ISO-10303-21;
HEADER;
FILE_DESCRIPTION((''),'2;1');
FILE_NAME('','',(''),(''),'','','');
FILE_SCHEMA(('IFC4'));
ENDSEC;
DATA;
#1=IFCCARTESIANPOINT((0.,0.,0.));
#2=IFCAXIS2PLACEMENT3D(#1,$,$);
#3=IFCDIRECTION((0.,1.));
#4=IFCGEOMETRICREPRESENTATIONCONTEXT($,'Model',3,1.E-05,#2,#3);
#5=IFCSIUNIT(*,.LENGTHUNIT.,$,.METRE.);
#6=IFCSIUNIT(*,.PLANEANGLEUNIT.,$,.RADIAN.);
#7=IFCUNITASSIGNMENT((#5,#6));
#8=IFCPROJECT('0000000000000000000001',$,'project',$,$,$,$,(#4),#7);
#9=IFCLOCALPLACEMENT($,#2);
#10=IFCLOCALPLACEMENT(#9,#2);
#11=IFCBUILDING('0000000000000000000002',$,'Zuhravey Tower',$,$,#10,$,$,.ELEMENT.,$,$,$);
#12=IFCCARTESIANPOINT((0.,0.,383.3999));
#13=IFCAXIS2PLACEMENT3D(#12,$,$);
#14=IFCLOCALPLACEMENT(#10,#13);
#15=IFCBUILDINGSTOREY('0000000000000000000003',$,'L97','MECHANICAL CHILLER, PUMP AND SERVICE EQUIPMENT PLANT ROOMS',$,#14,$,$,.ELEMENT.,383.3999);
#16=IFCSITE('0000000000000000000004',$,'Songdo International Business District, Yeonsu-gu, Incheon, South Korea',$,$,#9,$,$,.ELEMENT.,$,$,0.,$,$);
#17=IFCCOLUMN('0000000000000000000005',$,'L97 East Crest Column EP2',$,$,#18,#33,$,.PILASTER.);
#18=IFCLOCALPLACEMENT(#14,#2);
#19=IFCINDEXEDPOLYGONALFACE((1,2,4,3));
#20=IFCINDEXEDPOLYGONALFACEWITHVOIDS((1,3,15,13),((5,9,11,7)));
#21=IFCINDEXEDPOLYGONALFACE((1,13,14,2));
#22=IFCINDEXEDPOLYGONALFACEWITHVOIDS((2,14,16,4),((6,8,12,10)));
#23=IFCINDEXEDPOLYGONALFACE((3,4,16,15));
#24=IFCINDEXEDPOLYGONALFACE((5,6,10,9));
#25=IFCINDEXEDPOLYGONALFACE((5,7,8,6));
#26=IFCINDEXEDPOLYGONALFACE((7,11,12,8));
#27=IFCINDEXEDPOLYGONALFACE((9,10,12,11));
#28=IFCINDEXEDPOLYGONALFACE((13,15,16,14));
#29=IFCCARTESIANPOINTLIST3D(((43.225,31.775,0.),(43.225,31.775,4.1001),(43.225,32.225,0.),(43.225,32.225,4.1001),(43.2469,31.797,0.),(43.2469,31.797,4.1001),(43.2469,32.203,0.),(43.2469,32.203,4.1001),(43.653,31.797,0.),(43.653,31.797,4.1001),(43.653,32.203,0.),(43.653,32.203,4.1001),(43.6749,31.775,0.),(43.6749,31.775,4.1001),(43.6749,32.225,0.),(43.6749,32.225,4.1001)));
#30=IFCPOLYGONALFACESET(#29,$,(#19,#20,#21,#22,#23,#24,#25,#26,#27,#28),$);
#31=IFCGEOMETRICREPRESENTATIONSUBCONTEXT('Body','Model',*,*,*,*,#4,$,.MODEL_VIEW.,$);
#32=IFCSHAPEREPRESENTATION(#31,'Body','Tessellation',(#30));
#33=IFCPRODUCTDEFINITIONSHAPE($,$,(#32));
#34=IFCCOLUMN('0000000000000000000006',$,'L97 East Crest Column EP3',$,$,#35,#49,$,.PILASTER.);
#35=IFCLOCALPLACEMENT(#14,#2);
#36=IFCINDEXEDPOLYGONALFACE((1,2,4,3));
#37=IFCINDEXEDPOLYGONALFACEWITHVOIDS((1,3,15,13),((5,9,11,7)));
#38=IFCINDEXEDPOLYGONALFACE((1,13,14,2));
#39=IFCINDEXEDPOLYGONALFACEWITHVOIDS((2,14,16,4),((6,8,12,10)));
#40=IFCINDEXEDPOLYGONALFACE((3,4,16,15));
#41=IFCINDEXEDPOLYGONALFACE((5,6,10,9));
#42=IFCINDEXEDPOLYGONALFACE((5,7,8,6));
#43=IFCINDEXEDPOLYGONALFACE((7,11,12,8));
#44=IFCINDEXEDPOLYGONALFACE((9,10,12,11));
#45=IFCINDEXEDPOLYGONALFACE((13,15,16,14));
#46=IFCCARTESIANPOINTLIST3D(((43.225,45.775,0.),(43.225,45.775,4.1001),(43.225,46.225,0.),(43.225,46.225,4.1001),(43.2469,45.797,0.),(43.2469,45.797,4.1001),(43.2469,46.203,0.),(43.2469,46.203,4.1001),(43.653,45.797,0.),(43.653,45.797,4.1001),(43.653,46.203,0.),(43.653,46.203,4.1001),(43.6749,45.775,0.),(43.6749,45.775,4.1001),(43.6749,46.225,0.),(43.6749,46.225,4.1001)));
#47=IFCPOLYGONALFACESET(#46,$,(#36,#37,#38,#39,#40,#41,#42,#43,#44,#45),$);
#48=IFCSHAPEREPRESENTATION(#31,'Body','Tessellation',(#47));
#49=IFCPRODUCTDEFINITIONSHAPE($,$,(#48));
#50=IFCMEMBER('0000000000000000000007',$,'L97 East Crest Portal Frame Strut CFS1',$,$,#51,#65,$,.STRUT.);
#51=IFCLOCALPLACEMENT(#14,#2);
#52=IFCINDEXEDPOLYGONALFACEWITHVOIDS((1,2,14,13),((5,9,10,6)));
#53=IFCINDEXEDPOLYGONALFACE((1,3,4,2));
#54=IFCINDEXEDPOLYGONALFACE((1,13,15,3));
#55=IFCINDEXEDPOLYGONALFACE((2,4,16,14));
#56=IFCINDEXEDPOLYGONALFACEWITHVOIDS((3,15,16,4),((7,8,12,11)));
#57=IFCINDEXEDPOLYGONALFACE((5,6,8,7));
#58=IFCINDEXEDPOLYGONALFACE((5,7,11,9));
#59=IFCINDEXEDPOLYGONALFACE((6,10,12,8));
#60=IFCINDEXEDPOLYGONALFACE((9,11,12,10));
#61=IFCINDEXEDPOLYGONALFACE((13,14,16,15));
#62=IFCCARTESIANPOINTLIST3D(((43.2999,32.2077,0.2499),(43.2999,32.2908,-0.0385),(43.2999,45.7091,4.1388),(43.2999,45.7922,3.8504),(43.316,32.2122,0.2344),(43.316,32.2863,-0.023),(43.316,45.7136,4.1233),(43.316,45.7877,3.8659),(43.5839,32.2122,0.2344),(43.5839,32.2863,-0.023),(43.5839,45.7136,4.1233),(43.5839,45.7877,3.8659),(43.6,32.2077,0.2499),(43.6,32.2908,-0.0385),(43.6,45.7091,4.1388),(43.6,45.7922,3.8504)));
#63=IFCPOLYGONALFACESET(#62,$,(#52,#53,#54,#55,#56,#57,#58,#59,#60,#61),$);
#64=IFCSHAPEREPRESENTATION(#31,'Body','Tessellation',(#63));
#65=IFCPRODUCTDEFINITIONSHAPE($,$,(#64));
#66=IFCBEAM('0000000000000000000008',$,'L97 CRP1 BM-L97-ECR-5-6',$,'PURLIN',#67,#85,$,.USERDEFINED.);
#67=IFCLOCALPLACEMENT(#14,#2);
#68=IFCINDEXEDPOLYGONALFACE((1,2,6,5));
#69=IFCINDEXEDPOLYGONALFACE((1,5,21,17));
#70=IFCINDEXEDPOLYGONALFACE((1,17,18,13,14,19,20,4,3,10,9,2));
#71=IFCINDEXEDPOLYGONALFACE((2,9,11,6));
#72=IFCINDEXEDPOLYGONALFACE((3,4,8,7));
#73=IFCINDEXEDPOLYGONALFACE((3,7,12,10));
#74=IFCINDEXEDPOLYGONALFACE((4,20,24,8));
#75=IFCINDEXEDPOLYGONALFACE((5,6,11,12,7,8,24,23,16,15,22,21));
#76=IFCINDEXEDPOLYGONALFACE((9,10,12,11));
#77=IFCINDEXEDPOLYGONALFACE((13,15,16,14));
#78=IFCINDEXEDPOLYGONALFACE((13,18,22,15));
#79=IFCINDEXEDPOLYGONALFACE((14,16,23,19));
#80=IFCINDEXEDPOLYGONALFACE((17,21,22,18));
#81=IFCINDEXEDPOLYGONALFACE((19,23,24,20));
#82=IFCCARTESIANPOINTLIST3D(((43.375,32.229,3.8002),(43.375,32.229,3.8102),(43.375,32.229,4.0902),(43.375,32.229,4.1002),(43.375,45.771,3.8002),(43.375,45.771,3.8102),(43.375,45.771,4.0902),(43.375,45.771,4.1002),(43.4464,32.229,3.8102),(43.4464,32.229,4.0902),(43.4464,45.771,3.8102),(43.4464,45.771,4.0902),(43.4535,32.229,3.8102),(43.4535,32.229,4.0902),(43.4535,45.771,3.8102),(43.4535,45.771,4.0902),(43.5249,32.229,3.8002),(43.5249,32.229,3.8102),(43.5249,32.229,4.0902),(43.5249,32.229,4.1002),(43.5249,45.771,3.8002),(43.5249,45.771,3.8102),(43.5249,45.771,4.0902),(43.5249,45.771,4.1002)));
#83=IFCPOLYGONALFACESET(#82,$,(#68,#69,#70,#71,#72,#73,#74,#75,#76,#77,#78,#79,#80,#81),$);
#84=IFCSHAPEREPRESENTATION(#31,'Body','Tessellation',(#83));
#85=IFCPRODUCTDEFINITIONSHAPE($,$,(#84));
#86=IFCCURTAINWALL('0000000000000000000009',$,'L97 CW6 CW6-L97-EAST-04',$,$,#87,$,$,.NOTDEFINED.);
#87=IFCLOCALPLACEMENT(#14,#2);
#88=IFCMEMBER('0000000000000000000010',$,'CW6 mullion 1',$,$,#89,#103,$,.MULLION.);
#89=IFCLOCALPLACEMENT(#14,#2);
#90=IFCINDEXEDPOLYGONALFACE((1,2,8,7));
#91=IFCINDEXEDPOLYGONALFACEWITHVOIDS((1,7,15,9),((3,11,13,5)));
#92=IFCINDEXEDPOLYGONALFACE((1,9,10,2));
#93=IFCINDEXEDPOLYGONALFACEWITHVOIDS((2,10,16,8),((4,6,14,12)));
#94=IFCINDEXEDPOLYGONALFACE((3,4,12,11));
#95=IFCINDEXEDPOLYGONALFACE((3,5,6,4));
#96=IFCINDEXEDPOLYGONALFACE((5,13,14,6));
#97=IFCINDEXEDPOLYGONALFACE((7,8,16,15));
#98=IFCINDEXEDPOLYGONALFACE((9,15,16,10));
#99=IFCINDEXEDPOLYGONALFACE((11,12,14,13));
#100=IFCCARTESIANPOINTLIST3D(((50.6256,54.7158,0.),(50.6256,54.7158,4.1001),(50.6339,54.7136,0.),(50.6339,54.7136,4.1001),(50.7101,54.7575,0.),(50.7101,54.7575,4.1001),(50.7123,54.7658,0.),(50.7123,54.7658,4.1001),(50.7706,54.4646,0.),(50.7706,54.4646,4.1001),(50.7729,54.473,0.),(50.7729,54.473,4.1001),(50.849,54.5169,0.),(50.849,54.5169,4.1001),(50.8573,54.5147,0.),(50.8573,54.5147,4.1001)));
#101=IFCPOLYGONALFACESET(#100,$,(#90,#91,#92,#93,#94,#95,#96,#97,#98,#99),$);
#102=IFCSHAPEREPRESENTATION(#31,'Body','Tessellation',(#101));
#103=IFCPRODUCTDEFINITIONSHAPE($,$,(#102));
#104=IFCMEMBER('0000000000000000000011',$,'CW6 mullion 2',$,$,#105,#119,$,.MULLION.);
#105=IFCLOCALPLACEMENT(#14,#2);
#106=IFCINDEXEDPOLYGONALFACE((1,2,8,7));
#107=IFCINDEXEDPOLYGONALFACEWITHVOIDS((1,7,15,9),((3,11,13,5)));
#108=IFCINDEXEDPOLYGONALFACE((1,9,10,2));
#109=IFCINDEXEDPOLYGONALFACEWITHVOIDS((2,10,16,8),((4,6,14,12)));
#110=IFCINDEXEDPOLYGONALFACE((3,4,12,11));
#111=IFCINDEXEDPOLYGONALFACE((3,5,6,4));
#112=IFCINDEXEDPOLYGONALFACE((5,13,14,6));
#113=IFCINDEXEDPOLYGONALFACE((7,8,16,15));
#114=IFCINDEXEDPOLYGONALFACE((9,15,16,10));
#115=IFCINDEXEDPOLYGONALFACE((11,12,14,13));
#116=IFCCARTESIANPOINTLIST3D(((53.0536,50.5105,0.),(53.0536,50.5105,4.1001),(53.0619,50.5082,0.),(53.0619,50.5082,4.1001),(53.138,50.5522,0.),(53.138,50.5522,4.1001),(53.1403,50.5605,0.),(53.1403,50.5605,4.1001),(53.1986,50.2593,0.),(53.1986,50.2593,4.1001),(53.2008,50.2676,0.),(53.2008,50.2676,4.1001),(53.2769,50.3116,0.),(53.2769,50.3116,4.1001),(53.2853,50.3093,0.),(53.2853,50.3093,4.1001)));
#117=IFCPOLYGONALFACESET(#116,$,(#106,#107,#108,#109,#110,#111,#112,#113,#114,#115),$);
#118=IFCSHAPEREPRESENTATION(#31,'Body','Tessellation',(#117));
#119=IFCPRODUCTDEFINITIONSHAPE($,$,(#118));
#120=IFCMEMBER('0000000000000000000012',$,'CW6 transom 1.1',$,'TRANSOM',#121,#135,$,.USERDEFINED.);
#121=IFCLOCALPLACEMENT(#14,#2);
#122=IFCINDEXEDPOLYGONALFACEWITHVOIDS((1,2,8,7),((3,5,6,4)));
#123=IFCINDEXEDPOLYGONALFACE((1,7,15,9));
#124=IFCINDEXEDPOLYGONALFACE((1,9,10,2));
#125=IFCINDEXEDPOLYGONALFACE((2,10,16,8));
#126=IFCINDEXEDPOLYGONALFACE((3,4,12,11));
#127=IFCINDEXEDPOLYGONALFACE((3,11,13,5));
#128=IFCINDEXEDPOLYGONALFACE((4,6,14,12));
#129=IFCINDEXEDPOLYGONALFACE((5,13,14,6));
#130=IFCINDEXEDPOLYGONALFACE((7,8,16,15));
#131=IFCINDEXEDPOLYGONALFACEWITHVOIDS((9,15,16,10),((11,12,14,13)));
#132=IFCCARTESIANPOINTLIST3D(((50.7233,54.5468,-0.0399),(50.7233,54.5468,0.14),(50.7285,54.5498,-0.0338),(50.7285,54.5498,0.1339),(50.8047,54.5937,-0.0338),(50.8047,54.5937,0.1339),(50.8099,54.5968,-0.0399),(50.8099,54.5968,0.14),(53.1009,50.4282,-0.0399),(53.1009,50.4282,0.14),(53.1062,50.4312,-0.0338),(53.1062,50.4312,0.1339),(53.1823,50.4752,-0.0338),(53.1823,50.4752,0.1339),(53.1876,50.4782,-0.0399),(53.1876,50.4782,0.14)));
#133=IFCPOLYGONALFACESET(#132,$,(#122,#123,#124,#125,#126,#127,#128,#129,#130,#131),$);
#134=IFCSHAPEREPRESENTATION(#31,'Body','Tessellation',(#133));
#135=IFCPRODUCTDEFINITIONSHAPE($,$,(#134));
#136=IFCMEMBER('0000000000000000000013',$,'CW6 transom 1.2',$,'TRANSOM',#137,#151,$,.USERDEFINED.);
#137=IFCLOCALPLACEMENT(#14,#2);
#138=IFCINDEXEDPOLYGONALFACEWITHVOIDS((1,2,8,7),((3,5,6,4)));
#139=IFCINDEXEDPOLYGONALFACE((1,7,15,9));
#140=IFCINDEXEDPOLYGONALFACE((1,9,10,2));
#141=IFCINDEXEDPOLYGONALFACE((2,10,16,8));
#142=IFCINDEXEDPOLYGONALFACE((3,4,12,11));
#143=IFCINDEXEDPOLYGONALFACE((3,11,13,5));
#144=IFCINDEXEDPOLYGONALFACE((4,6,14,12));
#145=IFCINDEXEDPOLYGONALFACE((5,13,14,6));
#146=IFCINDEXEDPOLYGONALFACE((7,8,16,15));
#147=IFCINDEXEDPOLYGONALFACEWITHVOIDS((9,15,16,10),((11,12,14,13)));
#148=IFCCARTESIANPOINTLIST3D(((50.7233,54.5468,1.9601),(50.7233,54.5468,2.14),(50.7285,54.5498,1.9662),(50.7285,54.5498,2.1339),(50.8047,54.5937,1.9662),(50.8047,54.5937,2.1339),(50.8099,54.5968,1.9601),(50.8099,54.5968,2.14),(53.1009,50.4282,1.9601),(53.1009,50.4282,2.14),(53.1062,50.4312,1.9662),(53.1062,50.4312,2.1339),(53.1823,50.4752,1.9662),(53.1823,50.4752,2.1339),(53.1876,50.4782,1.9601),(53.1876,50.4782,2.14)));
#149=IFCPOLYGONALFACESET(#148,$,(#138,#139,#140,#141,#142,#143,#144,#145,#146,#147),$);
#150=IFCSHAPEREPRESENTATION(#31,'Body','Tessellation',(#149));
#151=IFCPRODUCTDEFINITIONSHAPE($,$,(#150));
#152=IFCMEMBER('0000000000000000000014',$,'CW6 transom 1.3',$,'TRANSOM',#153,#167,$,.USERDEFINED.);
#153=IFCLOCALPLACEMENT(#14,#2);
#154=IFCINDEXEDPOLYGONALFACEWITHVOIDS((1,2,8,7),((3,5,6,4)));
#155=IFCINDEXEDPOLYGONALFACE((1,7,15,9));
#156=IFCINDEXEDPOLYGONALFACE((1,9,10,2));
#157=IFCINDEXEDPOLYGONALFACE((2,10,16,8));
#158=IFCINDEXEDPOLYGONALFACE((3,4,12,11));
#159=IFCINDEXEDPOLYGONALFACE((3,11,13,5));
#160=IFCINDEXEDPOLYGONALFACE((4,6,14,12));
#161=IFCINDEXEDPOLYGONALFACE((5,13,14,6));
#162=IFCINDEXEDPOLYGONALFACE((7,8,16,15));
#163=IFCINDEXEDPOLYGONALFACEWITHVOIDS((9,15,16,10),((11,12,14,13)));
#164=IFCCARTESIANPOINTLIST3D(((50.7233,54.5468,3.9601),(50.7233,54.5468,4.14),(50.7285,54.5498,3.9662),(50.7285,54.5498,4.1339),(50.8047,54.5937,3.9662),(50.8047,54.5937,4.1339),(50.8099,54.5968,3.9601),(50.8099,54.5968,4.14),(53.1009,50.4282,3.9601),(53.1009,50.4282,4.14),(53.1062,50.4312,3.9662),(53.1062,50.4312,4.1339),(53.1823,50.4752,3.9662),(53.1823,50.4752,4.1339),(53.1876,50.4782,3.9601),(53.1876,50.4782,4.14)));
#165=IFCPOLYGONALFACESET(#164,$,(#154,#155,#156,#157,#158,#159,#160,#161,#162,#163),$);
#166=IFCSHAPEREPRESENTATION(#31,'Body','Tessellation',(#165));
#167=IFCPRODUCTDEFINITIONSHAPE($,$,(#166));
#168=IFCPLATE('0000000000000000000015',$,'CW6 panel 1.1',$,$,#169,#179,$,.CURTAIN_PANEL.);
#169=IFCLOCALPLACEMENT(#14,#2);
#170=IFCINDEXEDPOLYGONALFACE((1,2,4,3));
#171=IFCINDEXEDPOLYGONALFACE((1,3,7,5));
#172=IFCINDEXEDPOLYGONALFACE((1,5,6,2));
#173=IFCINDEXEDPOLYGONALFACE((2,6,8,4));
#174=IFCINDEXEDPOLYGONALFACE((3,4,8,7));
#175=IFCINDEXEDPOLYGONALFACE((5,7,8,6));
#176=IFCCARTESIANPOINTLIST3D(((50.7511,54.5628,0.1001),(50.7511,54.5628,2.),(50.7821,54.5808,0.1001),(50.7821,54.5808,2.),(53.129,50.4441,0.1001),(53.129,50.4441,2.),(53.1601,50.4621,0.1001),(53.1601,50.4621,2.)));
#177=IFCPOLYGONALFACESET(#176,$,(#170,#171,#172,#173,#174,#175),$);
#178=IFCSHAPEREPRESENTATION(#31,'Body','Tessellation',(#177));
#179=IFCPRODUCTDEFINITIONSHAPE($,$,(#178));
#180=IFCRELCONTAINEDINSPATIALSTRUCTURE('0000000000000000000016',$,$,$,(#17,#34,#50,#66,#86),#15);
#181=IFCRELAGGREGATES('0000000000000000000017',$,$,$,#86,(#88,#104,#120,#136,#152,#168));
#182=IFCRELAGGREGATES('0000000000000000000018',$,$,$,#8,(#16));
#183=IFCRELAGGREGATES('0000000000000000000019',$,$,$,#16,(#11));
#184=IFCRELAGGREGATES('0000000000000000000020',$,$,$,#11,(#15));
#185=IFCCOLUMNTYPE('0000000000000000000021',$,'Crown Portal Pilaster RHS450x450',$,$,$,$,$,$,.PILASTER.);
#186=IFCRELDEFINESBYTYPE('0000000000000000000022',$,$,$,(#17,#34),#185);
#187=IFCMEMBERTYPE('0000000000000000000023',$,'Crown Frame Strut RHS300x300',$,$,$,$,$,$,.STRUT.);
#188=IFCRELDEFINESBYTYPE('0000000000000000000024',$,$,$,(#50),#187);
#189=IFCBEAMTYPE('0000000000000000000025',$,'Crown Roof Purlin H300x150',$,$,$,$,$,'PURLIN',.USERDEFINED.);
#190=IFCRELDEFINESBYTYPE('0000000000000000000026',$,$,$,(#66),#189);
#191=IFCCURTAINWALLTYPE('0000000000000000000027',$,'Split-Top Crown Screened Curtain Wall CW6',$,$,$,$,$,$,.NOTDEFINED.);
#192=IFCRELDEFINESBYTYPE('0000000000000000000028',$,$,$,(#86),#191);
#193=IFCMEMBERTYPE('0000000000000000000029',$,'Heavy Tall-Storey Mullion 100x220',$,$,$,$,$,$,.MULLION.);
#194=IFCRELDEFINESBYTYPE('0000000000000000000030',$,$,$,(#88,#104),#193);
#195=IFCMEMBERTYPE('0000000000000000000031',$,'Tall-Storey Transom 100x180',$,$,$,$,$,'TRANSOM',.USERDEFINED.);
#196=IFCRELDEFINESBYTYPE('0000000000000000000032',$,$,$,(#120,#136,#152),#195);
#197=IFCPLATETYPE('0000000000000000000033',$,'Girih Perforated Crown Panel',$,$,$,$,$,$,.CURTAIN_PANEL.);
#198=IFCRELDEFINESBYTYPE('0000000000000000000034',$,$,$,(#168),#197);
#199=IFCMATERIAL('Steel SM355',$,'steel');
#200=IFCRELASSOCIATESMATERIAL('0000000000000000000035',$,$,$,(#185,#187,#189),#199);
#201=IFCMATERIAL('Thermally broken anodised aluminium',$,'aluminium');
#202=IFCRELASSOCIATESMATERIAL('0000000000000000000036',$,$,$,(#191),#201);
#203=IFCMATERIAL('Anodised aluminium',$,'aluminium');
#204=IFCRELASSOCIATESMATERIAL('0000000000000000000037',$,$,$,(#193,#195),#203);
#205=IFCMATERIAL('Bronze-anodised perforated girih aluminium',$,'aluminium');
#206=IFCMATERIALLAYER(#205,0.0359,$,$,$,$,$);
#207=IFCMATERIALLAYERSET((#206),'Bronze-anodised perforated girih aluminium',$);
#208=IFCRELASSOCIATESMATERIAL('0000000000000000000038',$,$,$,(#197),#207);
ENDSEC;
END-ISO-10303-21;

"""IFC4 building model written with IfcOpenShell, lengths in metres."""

from ifc_helpers import new_model, si_unit, direction, frame, origin, origin_2d, place, context, subcontext, project, spatial, rectangle, hollow_rectangle, i_section, extrude, material, layer, layer_set, material_profile, profile_set, type_object, element, aggregate, save


model = new_model("IFC4")

# Units and contexts
model_context = context("Model", 3, precision=1e-05, world=origin(), true_north=direction((0.0, 1.0)))
body_context = subcontext(model_context, "Body", "Model", "MODEL_VIEW")
ifc_project = project(units=[si_unit("LENGTHUNIT", "METRE"), si_unit("PLANEANGLEUNIT", "RADIAN")], contexts=[model_context])

# Site, building, storey
site_placement = place(None, origin())
site = spatial("IfcSite", under=ifc_project, at=site_placement, Name="Songdo International Business District, Yeonsu-gu, Incheon, South Korea", CompositionType="ELEMENT", RefElevation=0.0)
building_placement = place(site_placement, origin())
building = spatial("IfcBuilding", under=site, at=building_placement, Name="Zuhravey Tower", CompositionType="ELEMENT")
storey_placement = place(building_placement, frame((0.0, 0.0, 383.3999)))
storey = spatial("IfcBuildingStorey", under=building, at=storey_placement, Name="L97", Description="MECHANICAL CHILLER, PUMP AND SERVICE EQUIPMENT PLANT ROOMS", CompositionType="ELEMENT", Elevation=383.3999)

# Columns
ifc_material_1 = material(Name="Steel SM355", Category="steel")
ifc_material_profile_1 = material_profile(ifc_material_1, hollow_rectangle(XDim=0.45, YDim=0.45, WallThickness=0.022, at=origin_2d()), Name="RHS-450x450x22")
ifc_profile_set_1 = profile_set([ifc_material_profile_1], Name="Steel SM355")
column_type = type_object("IfcColumnType", Name="Crown Portal Pilaster RHS450x450", PredefinedType="PILASTER", material=ifc_profile_set_1)
for number, where, z_axis, x_axis, name in (
    (1, (43.45, 32.0, 0.0), (0.0, 0.0, 1.0), (1.0, 0.0, 0.0), "L97 East Crest Column EP2"),
    (2, (43.45, 46.0, 0.0), (0.0, 0.0, 1.0), (1.0, 0.0, 0.0), "L97 East Crest Column EP3"),
):
    element("IfcColumn", number, at=place(storey_placement, frame(where, z_axis=z_axis, x_axis=x_axis)), inside=storey, type_object=column_type, Name=name, PredefinedType="PILASTER", context=body_context, shape_type="SweptSolid", body=[
        extrude(hollow_rectangle(XDim=0.45, YDim=0.45, WallThickness=0.022, at=origin_2d()), origin(), (0.0, 0.0, 1.0), 4.1001),
    ])

# Member
ifc_material_profile_2 = material_profile(ifc_material_1, hollow_rectangle(XDim=0.3, YDim=0.3, WallThickness=0.0161, at=origin_2d()), Name="RHS-300x300x16")
ifc_profile_set_2 = profile_set([ifc_material_profile_2], Name="Steel SM355")
member_type_1 = type_object("IfcMemberType", Name="Crown Frame Strut RHS300x300", PredefinedType="STRUT", material=ifc_profile_set_2)
member_1_placement = place(storey_placement, frame((43.45, 32.2493, 0.1057), z_axis=(0.0, 0.960932, 0.276784), x_axis=(-1.0, 0.0, 0.0)))
element("IfcMember", 3, at=member_1_placement, inside=storey, type_object=member_type_1, Name="L97 East Crest Portal Frame Strut CFS1", PredefinedType="STRUT", context=body_context, shape_type="SweptSolid", body=[
    extrude(hollow_rectangle(XDim=0.3, YDim=0.3, WallThickness=0.0161, at=origin_2d()), origin(), (0.0, 0.0, 1.0), 14.0503),
])

# Beam
ifc_material_profile_3 = material_profile(ifc_material_1, i_section(OverallWidth=0.1499, OverallDepth=0.3, WebThickness=0.0071, FlangeThickness=0.01, at=origin_2d()), Name="H-300x150x7x10")
ifc_profile_set_3 = profile_set([ifc_material_profile_3], Name="Steel SM355")
beam_type = type_object("IfcBeamType", Name="Crown Roof Purlin H300x150", ElementType="PURLIN", PredefinedType="USERDEFINED", material=ifc_profile_set_3)
beam_placement = place(storey_placement, frame((43.45, 32.229, 3.9502), z_axis=(0.0, 1.0, 0.0), x_axis=(-1.0, 0.0, 0.0)))
element("IfcBeam", 4, at=beam_placement, inside=storey, type_object=beam_type, Name="L97 CRP1 BM-L97-ECR-5-6", ObjectType="PURLIN", PredefinedType="USERDEFINED", context=body_context, shape_type="SweptSolid", body=[
    extrude(i_section(OverallWidth=0.1499, OverallDepth=0.3, WebThickness=0.0071, FlangeThickness=0.01, at=origin_2d()), origin(), (0.0, 0.0, 1.0), 13.542),
])

# Curtain wall, members, plate
ifc_material_2 = material(Name="Thermally broken anodised aluminium", Category="aluminium")
curtain_wall_type = type_object("IfcCurtainWallType", Name="Split-Top Crown Screened Curtain Wall CW6", PredefinedType="NOTDEFINED", material=ifc_material_2)
curtain_wall_placement = place(storey_placement, origin())
curtain_wall = element("IfcCurtainWall", 5, at=curtain_wall_placement, inside=storey, type_object=curtain_wall_type, Name="L97 CW6 CW6-L97-EAST-04", PredefinedType="NOTDEFINED")
ifc_material_3 = material(Name="Anodised aluminium", Category="aluminium")
ifc_material_profile_4 = material_profile(ifc_material_3, hollow_rectangle(XDim=0.1001, YDim=0.29, WallThickness=0.0061, at=origin_2d()), Name="ALU-RHS-100x290x6")
ifc_profile_set_4 = profile_set([ifc_material_profile_4], Name="Anodised aluminium")
member_type_2 = type_object("IfcMemberType", Name="Heavy Tall-Storey Mullion 100x220", PredefinedType="MULLION", material=ifc_profile_set_4)
member_2_placement = place(storey_placement, frame((50.7415, 54.6152, 0.0), z_axis=(0.0, 0.0, 1.0), x_axis=(0.866027, 0.499997, 0.0)))
member_2 = element("IfcMember", 6, at=member_2_placement, type_object=member_type_2, Name="CW6 mullion 1", PredefinedType="MULLION", context=body_context, shape_type="SweptSolid", body=[
    extrude(hollow_rectangle(XDim=0.1001, YDim=0.29, WallThickness=0.0061, at=origin_2d()), origin(), (0.0, 0.0, 1.0), 4.1001),
])
member_3_placement = place(storey_placement, frame((53.1694, 50.4099, 0.0), z_axis=(0.0, 0.0, 1.0), x_axis=(0.866027, 0.499997, 0.0)))
member_3 = element("IfcMember", 7, at=member_3_placement, type_object=member_type_2, Name="CW6 mullion 2", PredefinedType="MULLION", context=body_context, shape_type="SweptSolid", body=[
    extrude(hollow_rectangle(XDim=0.1001, YDim=0.29, WallThickness=0.0061, at=origin_2d()), origin(), (0.0, 0.0, 1.0), 4.1001),
])
ifc_material_profile_5 = material_profile(ifc_material_3, hollow_rectangle(XDim=0.1001, YDim=0.1799, WallThickness=0.0061, at=origin_2d()), Name="ALU-RHS-100x180x6")
ifc_profile_set_5 = profile_set([ifc_material_profile_5], Name="Anodised aluminium")
member_type_3 = type_object("IfcMemberType", Name="Tall-Storey Transom 100x180", ElementType="TRANSOM", PredefinedType="USERDEFINED", material=ifc_profile_set_5)
member_4_placement = place(storey_placement, frame((50.7666, 54.5718, 0.05), z_axis=(0.499965, -0.866045, 0.0), x_axis=(0.866045, 0.499965, 0.0)))
member_4 = element("IfcMember", 8, at=member_4_placement, type_object=member_type_3, Name="CW6 transom 1.1", ObjectType="TRANSOM", PredefinedType="USERDEFINED", context=body_context, shape_type="SweptSolid", body=[
    extrude(hollow_rectangle(XDim=0.1001, YDim=0.1799, WallThickness=0.0061, at=origin_2d()), origin(), (0.0, 0.0, 1.0), 4.7556),
])
member_5_placement = place(storey_placement, frame((50.7666, 54.5718, 2.05), z_axis=(0.499965, -0.866045, 0.0), x_axis=(0.866045, 0.499965, 0.0)))
member_5 = element("IfcMember", 9, at=member_5_placement, type_object=member_type_3, Name="CW6 transom 1.2", ObjectType="TRANSOM", PredefinedType="USERDEFINED", context=body_context, shape_type="SweptSolid", body=[
    extrude(hollow_rectangle(XDim=0.1001, YDim=0.1799, WallThickness=0.0061, at=origin_2d()), origin(), (0.0, 0.0, 1.0), 4.7556),
])
member_6_placement = place(storey_placement, frame((50.7666, 54.5718, 4.05), z_axis=(0.499965, -0.866045, 0.0), x_axis=(0.866045, 0.499965, 0.0)))
member_6 = element("IfcMember", 10, at=member_6_placement, type_object=member_type_3, Name="CW6 transom 1.3", ObjectType="TRANSOM", PredefinedType="USERDEFINED", context=body_context, shape_type="SweptSolid", body=[
    extrude(hollow_rectangle(XDim=0.1001, YDim=0.1799, WallThickness=0.0061, at=origin_2d()), origin(), (0.0, 0.0, 1.0), 4.7556),
])
ifc_material_4 = material(Name="Bronze-anodised perforated girih aluminium", Category="aluminium")
ifc_layer_1 = layer(ifc_material_4, 0.0359)
ifc_layer_set_1 = layer_set([ifc_layer_1], Name="Bronze-anodised perforated girih aluminium")
plate_type = type_object("IfcPlateType", Name="Girih Perforated Crown Panel", PredefinedType="CURTAIN_PANEL", material=ifc_layer_set_1)
plate_1_placement = place(storey_placement, frame((51.9556, 52.5125, 0.1001), z_axis=(0.0, 0.0, 1.0), x_axis=(0.499997, -0.866027, 0.0)))
plate_1 = element("IfcPlate", 11, at=plate_1_placement, type_object=plate_type, Name="CW6 panel 1.1", PredefinedType="CURTAIN_PANEL", context=body_context, shape_type="SweptSolid", body=[
    extrude(rectangle(XDim=4.7559, YDim=0.0359, at=origin_2d()), origin(), (0.0, 0.0, 1.0), 1.8999),
])
aggregate(curtain_wall, [member_2, member_3, member_4, member_5, member_6, plate_1])

save(model, "model.ifc")
